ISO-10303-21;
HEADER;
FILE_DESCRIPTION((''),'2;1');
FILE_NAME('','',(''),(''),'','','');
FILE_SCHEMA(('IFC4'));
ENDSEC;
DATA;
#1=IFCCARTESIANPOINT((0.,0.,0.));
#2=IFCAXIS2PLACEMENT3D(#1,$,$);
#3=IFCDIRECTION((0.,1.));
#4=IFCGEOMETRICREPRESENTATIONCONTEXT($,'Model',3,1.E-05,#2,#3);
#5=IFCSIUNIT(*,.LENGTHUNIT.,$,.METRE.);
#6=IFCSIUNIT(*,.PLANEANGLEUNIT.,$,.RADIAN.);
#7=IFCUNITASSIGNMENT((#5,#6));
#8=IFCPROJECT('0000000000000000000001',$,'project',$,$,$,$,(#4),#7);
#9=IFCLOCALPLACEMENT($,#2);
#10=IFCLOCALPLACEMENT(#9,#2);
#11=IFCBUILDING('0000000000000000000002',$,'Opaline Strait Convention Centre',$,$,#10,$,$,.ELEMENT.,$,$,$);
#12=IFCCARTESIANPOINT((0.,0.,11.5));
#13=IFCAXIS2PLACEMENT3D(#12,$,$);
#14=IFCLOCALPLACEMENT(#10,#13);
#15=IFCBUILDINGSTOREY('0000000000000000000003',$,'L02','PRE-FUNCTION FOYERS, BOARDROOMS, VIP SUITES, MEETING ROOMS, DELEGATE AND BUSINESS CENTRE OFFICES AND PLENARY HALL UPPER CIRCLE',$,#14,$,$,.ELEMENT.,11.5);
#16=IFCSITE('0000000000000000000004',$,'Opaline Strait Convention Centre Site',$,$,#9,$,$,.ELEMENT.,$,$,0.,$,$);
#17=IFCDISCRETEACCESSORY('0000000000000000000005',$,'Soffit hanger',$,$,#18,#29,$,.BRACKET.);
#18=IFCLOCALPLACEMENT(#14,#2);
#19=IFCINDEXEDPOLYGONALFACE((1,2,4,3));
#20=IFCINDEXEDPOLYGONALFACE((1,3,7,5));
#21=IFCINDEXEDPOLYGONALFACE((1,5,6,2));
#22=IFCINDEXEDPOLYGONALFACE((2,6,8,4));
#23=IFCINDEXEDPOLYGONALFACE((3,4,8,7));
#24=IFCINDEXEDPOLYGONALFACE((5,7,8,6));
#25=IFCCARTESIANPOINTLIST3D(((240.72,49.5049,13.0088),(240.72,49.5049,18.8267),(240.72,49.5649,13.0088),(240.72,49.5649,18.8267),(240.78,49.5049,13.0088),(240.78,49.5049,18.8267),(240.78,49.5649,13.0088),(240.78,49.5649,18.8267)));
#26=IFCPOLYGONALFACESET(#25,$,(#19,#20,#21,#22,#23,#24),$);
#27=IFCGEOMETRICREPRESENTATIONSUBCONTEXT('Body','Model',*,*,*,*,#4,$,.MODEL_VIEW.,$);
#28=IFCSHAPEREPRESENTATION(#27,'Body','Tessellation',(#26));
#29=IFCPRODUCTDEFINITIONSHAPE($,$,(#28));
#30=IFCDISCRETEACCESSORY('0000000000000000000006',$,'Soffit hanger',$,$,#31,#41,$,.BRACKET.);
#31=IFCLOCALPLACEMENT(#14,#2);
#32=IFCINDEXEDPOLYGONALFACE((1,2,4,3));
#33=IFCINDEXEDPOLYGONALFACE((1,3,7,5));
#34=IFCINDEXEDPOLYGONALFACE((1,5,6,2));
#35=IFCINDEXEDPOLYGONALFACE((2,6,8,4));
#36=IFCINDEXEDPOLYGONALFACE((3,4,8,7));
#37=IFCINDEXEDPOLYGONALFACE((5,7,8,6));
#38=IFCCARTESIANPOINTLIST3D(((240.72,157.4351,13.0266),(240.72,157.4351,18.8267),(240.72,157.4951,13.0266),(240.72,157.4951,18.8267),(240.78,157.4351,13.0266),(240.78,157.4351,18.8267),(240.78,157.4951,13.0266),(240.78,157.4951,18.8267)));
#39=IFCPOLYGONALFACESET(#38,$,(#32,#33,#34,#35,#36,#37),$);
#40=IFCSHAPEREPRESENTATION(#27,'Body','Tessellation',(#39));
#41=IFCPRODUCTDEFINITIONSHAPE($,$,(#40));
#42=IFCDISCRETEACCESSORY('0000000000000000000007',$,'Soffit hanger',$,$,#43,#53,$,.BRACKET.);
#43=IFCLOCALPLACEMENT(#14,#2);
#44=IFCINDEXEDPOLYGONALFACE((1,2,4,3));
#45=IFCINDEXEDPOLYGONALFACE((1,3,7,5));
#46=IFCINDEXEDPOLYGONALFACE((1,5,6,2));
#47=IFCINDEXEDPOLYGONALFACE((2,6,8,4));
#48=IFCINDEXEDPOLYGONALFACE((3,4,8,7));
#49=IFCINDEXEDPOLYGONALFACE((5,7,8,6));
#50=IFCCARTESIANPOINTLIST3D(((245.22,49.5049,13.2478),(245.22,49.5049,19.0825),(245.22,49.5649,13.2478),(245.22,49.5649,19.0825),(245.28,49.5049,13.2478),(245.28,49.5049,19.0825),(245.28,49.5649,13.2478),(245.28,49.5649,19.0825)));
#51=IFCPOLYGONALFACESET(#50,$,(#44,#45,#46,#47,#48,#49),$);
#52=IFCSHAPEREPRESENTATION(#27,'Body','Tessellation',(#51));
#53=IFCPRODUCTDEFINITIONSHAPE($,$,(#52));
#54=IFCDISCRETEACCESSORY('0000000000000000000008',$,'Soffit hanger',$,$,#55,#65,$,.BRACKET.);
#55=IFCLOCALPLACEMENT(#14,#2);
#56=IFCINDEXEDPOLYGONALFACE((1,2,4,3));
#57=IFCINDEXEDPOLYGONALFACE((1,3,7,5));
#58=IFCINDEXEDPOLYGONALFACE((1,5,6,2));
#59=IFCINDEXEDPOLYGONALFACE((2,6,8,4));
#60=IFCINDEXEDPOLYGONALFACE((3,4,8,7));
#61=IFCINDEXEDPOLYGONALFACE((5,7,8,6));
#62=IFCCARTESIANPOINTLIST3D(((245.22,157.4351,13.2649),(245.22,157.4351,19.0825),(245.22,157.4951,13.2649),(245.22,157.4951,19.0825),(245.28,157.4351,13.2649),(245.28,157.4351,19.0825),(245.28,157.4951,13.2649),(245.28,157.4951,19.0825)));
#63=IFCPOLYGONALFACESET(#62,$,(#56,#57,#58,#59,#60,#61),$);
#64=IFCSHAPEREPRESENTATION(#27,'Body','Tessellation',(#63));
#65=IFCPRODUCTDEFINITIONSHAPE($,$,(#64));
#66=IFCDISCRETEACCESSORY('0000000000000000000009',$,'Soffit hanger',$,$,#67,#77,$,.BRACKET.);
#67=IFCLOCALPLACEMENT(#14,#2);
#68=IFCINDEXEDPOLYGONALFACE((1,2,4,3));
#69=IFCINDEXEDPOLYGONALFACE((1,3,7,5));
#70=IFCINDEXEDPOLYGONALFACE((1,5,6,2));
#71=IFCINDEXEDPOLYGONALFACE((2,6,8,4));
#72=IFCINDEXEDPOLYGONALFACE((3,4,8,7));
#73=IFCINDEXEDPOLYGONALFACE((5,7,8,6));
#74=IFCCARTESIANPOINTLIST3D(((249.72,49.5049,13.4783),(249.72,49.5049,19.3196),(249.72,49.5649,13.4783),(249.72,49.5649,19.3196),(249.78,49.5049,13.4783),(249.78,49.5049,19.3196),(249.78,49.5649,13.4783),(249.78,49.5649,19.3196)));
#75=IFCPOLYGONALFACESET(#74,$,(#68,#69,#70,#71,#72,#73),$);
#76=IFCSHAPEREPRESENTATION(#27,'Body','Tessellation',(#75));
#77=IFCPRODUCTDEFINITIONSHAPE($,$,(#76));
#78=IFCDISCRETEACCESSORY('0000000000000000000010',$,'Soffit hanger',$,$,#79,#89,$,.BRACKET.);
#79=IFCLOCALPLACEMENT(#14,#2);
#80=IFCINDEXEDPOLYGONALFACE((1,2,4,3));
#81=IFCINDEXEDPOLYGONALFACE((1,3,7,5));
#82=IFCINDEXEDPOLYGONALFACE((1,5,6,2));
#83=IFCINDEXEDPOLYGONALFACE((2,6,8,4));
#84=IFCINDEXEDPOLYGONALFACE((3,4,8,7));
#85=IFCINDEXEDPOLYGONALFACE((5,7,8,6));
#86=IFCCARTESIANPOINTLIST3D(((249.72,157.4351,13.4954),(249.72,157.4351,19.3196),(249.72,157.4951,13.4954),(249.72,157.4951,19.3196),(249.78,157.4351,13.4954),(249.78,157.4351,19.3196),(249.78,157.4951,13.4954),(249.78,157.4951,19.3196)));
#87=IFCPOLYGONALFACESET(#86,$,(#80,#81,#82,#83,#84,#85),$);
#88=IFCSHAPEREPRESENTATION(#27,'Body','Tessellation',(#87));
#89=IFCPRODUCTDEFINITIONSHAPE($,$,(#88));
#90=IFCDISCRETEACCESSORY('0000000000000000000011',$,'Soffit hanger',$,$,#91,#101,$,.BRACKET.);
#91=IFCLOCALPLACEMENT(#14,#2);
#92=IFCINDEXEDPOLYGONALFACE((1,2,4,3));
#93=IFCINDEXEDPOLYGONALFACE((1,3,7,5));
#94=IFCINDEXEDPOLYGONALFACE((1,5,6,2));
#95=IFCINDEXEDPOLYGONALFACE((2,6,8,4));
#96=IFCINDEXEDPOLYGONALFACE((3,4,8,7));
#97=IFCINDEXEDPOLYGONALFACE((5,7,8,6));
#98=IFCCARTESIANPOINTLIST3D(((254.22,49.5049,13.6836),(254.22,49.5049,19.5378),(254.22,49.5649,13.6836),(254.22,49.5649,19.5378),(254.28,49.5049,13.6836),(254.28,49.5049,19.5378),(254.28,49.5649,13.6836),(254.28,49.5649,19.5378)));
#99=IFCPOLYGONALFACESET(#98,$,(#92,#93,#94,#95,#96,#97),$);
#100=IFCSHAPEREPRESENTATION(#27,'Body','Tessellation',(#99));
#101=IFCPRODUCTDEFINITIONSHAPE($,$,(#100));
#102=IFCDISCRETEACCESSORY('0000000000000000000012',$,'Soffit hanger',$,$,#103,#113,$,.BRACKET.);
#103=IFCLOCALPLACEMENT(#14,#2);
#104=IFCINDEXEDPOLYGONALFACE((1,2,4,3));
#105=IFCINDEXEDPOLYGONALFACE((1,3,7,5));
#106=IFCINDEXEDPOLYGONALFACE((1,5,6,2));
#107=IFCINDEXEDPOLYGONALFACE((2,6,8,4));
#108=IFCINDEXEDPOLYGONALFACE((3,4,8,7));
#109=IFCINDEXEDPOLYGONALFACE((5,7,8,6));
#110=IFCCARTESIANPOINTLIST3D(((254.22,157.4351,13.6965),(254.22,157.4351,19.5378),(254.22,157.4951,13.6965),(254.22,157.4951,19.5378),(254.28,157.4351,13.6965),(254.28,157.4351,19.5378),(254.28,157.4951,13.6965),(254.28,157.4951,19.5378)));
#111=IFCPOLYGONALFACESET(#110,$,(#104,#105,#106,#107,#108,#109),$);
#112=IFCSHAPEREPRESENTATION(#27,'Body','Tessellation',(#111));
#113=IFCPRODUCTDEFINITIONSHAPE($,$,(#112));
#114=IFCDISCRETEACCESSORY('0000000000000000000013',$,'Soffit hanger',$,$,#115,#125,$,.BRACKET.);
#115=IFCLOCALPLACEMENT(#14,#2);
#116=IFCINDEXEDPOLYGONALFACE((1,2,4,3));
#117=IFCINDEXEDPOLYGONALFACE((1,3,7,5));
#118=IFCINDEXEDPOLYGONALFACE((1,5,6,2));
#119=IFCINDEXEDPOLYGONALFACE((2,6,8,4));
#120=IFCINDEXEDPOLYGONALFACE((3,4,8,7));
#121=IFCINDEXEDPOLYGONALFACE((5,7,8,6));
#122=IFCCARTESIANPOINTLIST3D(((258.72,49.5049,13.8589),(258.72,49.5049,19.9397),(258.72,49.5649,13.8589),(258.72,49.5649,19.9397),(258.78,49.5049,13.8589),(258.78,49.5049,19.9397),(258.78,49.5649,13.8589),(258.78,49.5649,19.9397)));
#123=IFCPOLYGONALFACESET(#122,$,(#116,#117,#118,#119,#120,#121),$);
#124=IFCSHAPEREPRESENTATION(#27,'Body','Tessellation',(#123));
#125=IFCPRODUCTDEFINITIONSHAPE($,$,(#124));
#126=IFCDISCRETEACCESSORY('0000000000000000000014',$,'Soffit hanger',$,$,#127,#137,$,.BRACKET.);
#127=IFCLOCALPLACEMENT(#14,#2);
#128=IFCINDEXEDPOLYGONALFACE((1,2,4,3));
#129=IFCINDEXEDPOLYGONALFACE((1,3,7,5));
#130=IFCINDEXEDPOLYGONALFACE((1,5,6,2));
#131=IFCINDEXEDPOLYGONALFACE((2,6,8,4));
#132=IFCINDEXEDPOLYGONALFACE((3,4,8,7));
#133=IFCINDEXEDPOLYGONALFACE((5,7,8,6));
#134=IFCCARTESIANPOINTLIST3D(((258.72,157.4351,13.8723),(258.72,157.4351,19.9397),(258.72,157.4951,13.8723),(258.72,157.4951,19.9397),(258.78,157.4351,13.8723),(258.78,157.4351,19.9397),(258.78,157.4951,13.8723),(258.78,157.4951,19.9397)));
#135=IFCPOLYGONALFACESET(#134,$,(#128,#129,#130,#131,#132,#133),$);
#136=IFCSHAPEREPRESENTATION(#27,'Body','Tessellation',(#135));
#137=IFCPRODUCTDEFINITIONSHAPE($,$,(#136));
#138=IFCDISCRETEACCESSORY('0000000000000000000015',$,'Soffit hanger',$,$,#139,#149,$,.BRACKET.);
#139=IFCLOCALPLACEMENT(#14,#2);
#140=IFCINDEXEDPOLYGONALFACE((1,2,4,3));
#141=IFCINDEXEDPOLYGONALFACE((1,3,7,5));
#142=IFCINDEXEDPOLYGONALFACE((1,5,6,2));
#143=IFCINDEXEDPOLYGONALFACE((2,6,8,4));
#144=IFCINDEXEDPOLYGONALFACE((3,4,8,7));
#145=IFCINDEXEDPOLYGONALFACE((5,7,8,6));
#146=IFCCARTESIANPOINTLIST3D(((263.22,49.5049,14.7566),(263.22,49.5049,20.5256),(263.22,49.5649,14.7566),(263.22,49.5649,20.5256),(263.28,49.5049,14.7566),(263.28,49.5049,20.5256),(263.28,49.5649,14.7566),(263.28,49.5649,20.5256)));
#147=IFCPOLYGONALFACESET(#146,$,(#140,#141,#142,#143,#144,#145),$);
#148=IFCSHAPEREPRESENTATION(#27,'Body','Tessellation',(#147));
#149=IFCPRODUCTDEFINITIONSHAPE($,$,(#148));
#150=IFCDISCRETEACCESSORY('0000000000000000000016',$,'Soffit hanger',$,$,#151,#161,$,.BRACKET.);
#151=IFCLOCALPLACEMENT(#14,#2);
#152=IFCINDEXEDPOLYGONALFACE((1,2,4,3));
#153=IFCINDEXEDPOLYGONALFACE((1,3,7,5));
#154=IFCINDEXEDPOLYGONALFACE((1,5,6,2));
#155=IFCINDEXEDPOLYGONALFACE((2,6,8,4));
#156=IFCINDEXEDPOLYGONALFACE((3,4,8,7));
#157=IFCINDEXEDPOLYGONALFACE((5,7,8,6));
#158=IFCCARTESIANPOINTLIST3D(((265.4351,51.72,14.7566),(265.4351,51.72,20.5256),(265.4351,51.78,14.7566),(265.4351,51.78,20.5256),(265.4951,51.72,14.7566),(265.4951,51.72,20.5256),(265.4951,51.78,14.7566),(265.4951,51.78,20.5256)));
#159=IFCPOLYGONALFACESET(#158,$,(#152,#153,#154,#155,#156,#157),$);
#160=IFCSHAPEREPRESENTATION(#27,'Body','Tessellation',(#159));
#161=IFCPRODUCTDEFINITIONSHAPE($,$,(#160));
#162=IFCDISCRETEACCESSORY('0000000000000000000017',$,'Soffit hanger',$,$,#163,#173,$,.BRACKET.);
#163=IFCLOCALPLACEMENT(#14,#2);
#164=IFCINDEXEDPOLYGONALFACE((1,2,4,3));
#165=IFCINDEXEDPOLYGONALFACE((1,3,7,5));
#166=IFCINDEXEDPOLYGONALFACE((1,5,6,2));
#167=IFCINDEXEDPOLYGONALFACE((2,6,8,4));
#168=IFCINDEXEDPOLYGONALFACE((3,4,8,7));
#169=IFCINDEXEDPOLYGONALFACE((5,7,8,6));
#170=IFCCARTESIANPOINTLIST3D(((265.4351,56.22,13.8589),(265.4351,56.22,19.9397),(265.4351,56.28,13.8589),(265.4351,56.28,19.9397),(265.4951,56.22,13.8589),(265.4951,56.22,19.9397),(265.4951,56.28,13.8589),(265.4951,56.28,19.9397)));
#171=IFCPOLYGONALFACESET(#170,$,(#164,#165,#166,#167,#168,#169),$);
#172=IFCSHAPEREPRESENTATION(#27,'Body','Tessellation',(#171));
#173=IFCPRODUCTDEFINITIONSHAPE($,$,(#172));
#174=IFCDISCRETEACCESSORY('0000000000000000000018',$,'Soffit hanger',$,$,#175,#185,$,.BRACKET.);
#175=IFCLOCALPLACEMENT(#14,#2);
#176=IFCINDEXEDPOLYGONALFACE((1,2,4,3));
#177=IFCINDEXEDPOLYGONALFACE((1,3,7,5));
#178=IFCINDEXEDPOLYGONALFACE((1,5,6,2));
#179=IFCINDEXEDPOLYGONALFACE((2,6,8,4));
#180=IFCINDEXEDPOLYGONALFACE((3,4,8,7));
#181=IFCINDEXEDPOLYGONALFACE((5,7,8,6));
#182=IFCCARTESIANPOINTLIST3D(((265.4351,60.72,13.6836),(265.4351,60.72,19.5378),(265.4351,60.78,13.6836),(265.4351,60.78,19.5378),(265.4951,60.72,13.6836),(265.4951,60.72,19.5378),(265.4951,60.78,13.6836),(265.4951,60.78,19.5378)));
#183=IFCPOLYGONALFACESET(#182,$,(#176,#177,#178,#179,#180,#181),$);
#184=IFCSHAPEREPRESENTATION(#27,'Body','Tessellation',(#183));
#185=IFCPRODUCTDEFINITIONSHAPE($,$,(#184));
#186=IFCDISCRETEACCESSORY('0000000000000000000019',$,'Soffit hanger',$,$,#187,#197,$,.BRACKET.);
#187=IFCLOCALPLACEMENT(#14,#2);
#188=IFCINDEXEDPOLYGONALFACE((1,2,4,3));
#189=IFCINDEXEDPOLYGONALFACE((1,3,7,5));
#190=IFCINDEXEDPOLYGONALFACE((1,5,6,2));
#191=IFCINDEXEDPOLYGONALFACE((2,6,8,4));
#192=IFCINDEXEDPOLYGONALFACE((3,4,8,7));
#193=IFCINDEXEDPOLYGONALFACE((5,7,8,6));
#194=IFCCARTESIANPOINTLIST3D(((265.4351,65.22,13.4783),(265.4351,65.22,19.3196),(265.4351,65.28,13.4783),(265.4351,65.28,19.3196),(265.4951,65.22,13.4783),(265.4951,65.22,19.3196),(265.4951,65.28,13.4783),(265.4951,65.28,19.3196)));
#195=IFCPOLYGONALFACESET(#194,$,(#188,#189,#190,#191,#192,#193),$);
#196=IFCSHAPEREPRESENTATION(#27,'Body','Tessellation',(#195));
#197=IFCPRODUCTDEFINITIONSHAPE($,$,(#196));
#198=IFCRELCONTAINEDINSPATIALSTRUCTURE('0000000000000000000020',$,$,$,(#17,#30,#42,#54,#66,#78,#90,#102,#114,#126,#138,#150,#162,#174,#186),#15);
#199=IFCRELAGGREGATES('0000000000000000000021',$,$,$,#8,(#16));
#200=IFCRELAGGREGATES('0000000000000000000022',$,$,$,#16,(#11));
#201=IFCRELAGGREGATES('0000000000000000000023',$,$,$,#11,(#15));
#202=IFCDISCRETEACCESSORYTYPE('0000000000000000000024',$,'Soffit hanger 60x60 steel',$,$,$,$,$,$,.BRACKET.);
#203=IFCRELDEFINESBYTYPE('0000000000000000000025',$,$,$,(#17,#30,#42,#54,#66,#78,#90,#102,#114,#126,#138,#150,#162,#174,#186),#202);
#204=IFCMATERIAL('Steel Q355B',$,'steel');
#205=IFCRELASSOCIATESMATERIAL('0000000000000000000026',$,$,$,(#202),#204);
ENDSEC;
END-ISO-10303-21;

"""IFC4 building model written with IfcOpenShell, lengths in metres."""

from ifc_helpers import new_model, si_unit, direction, frame, origin, place, context, subcontext, project, spatial, polyline, outline, extrude, material, type_object, element, save


model = new_model("IFC4")

# Units and contexts
model_context = context("Model", 3, precision=1e-05, world=origin(), true_north=direction((0.0, 1.0)))
body_context = subcontext(model_context, "Body", "Model", "MODEL_VIEW")
ifc_project = project(units=[si_unit("LENGTHUNIT", "METRE"), si_unit("PLANEANGLEUNIT", "RADIAN")], contexts=[model_context])

# Site, building, storey
site_placement = place(None, origin())
site = spatial("IfcSite", under=ifc_project, at=site_placement, Name="Opaline Strait Convention Centre Site", CompositionType="ELEMENT", RefElevation=0.0)
building_placement = place(site_placement, origin())
building = spatial("IfcBuilding", under=site, at=building_placement, Name="Opaline Strait Convention Centre", CompositionType="ELEMENT")
storey_placement = place(building_placement, frame((0.0, 0.0, 11.5)))
storey = spatial("IfcBuildingStorey", under=building, at=storey_placement, Name="L02", Description="PRE-FUNCTION FOYERS, BOARDROOMS, VIP SUITES, MEETING ROOMS, DELEGATE AND BUSINESS CENTRE OFFICES AND PLENARY HALL UPPER CIRCLE", CompositionType="ELEMENT", Elevation=11.5)

# Discrete accessories
ifc_material = material(Name="Steel Q355B", Category="steel")
discrete_accessory_type = type_object("IfcDiscreteAccessoryType", Name="Soffit hanger 60x60 steel", PredefinedType="BRACKET", material=ifc_material)
discrete_accessory_1_placement = place(storey_placement, frame((0.0, 0.0, 13.0088)))
element("IfcDiscreteAccessory", 1, at=discrete_accessory_1_placement, inside=storey, type_object=discrete_accessory_type, Name="Soffit hanger", PredefinedType="BRACKET", context=body_context, shape_type="SweptSolid", body=[
    extrude(outline(polyline([(240.72, 49.5049), (240.78, 49.5049), (240.78, 49.5649), (240.72, 49.5649), (240.72, 49.5049)])), origin(), (0.0, 0.0, 1.0), 5.8179),
])
discrete_accessory_2_placement = place(storey_placement, frame((0.0, 0.0, 13.0266)))
element("IfcDiscreteAccessory", 2, at=discrete_accessory_2_placement, inside=storey, type_object=discrete_accessory_type, Name="Soffit hanger", PredefinedType="BRACKET", context=body_context, shape_type="SweptSolid", body=[
    extrude(outline(polyline([(240.72, 157.4351), (240.78, 157.4351), (240.78, 157.4951), (240.72, 157.4951), (240.72, 157.4351)])), origin(), (0.0, 0.0, 1.0), 5.8),
])
discrete_accessory_3_placement = place(storey_placement, frame((0.0, 0.0, 13.2478)))
element("IfcDiscreteAccessory", 3, at=discrete_accessory_3_placement, inside=storey, type_object=discrete_accessory_type, Name="Soffit hanger", PredefinedType="BRACKET", context=body_context, shape_type="SweptSolid", body=[
    extrude(outline(polyline([(245.22, 49.5049), (245.28, 49.5049), (245.28, 49.5649), (245.22, 49.5649), (245.22, 49.5049)])), origin(), (0.0, 0.0, 1.0), 5.8347),
])
discrete_accessory_4_placement = place(storey_placement, frame((0.0, 0.0, 13.2649)))
element("IfcDiscreteAccessory", 4, at=discrete_accessory_4_placement, inside=storey, type_object=discrete_accessory_type, Name="Soffit hanger", PredefinedType="BRACKET", context=body_context, shape_type="SweptSolid", body=[
    extrude(outline(polyline([(245.22, 157.4351), (245.28, 157.4351), (245.28, 157.4951), (245.22, 157.4951), (245.22, 157.4351)])), origin(), (0.0, 0.0, 1.0), 5.8176),
])
discrete_accessory_5_placement = place(storey_placement, frame((0.0, 0.0, 13.4783)))
element("IfcDiscreteAccessory", 5, at=discrete_accessory_5_placement, inside=storey, type_object=discrete_accessory_type, Name="Soffit hanger", PredefinedType="BRACKET", context=body_context, shape_type="SweptSolid", body=[
    extrude(outline(polyline([(249.72, 49.5049), (249.78, 49.5049), (249.78, 49.5649), (249.72, 49.5649), (249.72, 49.5049)])), origin(), (0.0, 0.0, 1.0), 5.8413),
])
discrete_accessory_6_placement = place(storey_placement, frame((0.0, 0.0, 13.4954)))
element("IfcDiscreteAccessory", 6, at=discrete_accessory_6_placement, inside=storey, type_object=discrete_accessory_type, Name="Soffit hanger", PredefinedType="BRACKET", context=body_context, shape_type="SweptSolid", body=[
    extrude(outline(polyline([(249.72, 157.4351), (249.78, 157.4351), (249.78, 157.4951), (249.72, 157.4951), (249.72, 157.4351)])), origin(), (0.0, 0.0, 1.0), 5.8242),
])
discrete_accessory_7_placement = place(storey_placement, frame((0.0, 0.0, 13.6836)))
element("IfcDiscreteAccessory", 7, at=discrete_accessory_7_placement, inside=storey, type_object=discrete_accessory_type, Name="Soffit hanger", PredefinedType="BRACKET", context=body_context, shape_type="SweptSolid", body=[
    extrude(outline(polyline([(254.22, 49.5049), (254.28, 49.5049), (254.28, 49.5649), (254.22, 49.5649), (254.22, 49.5049)])), origin(), (0.0, 0.0, 1.0), 5.8542),
])
discrete_accessory_8_placement = place(storey_placement, frame((0.0, 0.0, 13.6965)))
element("IfcDiscreteAccessory", 8, at=discrete_accessory_8_placement, inside=storey, type_object=discrete_accessory_type, Name="Soffit hanger", PredefinedType="BRACKET", context=body_context, shape_type="SweptSolid", body=[
    extrude(outline(polyline([(254.22, 157.4351), (254.28, 157.4351), (254.28, 157.4951), (254.22, 157.4951), (254.22, 157.4351)])), origin(), (0.0, 0.0, 1.0), 5.8413),
])
discrete_accessory_9_placement = place(storey_placement, frame((0.0, 0.0, 13.8589)))
element("IfcDiscreteAccessory", 9, at=discrete_accessory_9_placement, inside=storey, type_object=discrete_accessory_type, Name="Soffit hanger", PredefinedType="BRACKET", context=body_context, shape_type="SweptSolid", body=[
    extrude(outline(polyline([(258.72, 49.5049), (258.78, 49.5049), (258.78, 49.5649), (258.72, 49.5649), (258.72, 49.5049)])), origin(), (0.0, 0.0, 1.0), 6.0808),
])
discrete_accessory_10_placement = place(storey_placement, frame((0.0, 0.0, 13.8723)))
element("IfcDiscreteAccessory", 10, at=discrete_accessory_10_placement, inside=storey, type_object=discrete_accessory_type, Name="Soffit hanger", PredefinedType="BRACKET", context=body_context, shape_type="SweptSolid", body=[
    extrude(outline(polyline([(258.72, 157.4351), (258.78, 157.4351), (258.78, 157.4951), (258.72, 157.4951), (258.72, 157.4351)])), origin(), (0.0, 0.0, 1.0), 6.0674),
])
discrete_accessory_11_placement = place(storey_placement, frame((0.0, 0.0, 14.7566)))
element("IfcDiscreteAccessory", 11, at=discrete_accessory_11_placement, inside=storey, type_object=discrete_accessory_type, Name="Soffit hanger", PredefinedType="BRACKET", context=body_context, shape_type="SweptSolid", body=[
    extrude(outline(polyline([(263.22, 49.5049), (263.28, 49.5049), (263.28, 49.5649), (263.22, 49.5649), (263.22, 49.5049)])), origin(), (0.0, 0.0, 1.0), 5.769),
])
discrete_accessory_12_placement = place(storey_placement, frame((0.0, 0.0, 14.7566)))
element("IfcDiscreteAccessory", 12, at=discrete_accessory_12_placement, inside=storey, type_object=discrete_accessory_type, Name="Soffit hanger", PredefinedType="BRACKET", context=body_context, shape_type="SweptSolid", body=[
    extrude(outline(polyline([(265.4351, 51.72), (265.4951, 51.72), (265.4951, 51.78), (265.4351, 51.78), (265.4351, 51.72)])), origin(), (0.0, 0.0, 1.0), 5.769),
])
discrete_accessory_13_placement = place(storey_placement, frame((0.0, 0.0, 13.8589)))
element("IfcDiscreteAccessory", 13, at=discrete_accessory_13_placement, inside=storey, type_object=discrete_accessory_type, Name="Soffit hanger", PredefinedType="BRACKET", context=body_context, shape_type="SweptSolid", body=[
    extrude(outline(polyline([(265.4351, 56.22), (265.4951, 56.22), (265.4951, 56.28), (265.4351, 56.28), (265.4351, 56.22)])), origin(), (0.0, 0.0, 1.0), 6.0808),
])
discrete_accessory_14_placement = place(storey_placement, frame((0.0, 0.0, 13.6836)))
element("IfcDiscreteAccessory", 14, at=discrete_accessory_14_placement, inside=storey, type_object=discrete_accessory_type, Name="Soffit hanger", PredefinedType="BRACKET", context=body_context, shape_type="SweptSolid", body=[
    extrude(outline(polyline([(265.4351, 60.72), (265.4951, 60.72), (265.4951, 60.78), (265.4351, 60.78), (265.4351, 60.72)])), origin(), (0.0, 0.0, 1.0), 5.8542),
])
discrete_accessory_15_placement = place(storey_placement, frame((0.0, 0.0, 13.4783)))
element("IfcDiscreteAccessory", 15, at=discrete_accessory_15_placement, inside=storey, type_object=discrete_accessory_type, Name="Soffit hanger", PredefinedType="BRACKET", context=body_context, shape_type="SweptSolid", body=[
    extrude(outline(polyline([(265.4351, 65.22), (265.4951, 65.22), (265.4951, 65.28), (265.4351, 65.28), (265.4351, 65.22)])), origin(), (0.0, 0.0, 1.0), 5.8413),
])

save(model, "model.ifc")
